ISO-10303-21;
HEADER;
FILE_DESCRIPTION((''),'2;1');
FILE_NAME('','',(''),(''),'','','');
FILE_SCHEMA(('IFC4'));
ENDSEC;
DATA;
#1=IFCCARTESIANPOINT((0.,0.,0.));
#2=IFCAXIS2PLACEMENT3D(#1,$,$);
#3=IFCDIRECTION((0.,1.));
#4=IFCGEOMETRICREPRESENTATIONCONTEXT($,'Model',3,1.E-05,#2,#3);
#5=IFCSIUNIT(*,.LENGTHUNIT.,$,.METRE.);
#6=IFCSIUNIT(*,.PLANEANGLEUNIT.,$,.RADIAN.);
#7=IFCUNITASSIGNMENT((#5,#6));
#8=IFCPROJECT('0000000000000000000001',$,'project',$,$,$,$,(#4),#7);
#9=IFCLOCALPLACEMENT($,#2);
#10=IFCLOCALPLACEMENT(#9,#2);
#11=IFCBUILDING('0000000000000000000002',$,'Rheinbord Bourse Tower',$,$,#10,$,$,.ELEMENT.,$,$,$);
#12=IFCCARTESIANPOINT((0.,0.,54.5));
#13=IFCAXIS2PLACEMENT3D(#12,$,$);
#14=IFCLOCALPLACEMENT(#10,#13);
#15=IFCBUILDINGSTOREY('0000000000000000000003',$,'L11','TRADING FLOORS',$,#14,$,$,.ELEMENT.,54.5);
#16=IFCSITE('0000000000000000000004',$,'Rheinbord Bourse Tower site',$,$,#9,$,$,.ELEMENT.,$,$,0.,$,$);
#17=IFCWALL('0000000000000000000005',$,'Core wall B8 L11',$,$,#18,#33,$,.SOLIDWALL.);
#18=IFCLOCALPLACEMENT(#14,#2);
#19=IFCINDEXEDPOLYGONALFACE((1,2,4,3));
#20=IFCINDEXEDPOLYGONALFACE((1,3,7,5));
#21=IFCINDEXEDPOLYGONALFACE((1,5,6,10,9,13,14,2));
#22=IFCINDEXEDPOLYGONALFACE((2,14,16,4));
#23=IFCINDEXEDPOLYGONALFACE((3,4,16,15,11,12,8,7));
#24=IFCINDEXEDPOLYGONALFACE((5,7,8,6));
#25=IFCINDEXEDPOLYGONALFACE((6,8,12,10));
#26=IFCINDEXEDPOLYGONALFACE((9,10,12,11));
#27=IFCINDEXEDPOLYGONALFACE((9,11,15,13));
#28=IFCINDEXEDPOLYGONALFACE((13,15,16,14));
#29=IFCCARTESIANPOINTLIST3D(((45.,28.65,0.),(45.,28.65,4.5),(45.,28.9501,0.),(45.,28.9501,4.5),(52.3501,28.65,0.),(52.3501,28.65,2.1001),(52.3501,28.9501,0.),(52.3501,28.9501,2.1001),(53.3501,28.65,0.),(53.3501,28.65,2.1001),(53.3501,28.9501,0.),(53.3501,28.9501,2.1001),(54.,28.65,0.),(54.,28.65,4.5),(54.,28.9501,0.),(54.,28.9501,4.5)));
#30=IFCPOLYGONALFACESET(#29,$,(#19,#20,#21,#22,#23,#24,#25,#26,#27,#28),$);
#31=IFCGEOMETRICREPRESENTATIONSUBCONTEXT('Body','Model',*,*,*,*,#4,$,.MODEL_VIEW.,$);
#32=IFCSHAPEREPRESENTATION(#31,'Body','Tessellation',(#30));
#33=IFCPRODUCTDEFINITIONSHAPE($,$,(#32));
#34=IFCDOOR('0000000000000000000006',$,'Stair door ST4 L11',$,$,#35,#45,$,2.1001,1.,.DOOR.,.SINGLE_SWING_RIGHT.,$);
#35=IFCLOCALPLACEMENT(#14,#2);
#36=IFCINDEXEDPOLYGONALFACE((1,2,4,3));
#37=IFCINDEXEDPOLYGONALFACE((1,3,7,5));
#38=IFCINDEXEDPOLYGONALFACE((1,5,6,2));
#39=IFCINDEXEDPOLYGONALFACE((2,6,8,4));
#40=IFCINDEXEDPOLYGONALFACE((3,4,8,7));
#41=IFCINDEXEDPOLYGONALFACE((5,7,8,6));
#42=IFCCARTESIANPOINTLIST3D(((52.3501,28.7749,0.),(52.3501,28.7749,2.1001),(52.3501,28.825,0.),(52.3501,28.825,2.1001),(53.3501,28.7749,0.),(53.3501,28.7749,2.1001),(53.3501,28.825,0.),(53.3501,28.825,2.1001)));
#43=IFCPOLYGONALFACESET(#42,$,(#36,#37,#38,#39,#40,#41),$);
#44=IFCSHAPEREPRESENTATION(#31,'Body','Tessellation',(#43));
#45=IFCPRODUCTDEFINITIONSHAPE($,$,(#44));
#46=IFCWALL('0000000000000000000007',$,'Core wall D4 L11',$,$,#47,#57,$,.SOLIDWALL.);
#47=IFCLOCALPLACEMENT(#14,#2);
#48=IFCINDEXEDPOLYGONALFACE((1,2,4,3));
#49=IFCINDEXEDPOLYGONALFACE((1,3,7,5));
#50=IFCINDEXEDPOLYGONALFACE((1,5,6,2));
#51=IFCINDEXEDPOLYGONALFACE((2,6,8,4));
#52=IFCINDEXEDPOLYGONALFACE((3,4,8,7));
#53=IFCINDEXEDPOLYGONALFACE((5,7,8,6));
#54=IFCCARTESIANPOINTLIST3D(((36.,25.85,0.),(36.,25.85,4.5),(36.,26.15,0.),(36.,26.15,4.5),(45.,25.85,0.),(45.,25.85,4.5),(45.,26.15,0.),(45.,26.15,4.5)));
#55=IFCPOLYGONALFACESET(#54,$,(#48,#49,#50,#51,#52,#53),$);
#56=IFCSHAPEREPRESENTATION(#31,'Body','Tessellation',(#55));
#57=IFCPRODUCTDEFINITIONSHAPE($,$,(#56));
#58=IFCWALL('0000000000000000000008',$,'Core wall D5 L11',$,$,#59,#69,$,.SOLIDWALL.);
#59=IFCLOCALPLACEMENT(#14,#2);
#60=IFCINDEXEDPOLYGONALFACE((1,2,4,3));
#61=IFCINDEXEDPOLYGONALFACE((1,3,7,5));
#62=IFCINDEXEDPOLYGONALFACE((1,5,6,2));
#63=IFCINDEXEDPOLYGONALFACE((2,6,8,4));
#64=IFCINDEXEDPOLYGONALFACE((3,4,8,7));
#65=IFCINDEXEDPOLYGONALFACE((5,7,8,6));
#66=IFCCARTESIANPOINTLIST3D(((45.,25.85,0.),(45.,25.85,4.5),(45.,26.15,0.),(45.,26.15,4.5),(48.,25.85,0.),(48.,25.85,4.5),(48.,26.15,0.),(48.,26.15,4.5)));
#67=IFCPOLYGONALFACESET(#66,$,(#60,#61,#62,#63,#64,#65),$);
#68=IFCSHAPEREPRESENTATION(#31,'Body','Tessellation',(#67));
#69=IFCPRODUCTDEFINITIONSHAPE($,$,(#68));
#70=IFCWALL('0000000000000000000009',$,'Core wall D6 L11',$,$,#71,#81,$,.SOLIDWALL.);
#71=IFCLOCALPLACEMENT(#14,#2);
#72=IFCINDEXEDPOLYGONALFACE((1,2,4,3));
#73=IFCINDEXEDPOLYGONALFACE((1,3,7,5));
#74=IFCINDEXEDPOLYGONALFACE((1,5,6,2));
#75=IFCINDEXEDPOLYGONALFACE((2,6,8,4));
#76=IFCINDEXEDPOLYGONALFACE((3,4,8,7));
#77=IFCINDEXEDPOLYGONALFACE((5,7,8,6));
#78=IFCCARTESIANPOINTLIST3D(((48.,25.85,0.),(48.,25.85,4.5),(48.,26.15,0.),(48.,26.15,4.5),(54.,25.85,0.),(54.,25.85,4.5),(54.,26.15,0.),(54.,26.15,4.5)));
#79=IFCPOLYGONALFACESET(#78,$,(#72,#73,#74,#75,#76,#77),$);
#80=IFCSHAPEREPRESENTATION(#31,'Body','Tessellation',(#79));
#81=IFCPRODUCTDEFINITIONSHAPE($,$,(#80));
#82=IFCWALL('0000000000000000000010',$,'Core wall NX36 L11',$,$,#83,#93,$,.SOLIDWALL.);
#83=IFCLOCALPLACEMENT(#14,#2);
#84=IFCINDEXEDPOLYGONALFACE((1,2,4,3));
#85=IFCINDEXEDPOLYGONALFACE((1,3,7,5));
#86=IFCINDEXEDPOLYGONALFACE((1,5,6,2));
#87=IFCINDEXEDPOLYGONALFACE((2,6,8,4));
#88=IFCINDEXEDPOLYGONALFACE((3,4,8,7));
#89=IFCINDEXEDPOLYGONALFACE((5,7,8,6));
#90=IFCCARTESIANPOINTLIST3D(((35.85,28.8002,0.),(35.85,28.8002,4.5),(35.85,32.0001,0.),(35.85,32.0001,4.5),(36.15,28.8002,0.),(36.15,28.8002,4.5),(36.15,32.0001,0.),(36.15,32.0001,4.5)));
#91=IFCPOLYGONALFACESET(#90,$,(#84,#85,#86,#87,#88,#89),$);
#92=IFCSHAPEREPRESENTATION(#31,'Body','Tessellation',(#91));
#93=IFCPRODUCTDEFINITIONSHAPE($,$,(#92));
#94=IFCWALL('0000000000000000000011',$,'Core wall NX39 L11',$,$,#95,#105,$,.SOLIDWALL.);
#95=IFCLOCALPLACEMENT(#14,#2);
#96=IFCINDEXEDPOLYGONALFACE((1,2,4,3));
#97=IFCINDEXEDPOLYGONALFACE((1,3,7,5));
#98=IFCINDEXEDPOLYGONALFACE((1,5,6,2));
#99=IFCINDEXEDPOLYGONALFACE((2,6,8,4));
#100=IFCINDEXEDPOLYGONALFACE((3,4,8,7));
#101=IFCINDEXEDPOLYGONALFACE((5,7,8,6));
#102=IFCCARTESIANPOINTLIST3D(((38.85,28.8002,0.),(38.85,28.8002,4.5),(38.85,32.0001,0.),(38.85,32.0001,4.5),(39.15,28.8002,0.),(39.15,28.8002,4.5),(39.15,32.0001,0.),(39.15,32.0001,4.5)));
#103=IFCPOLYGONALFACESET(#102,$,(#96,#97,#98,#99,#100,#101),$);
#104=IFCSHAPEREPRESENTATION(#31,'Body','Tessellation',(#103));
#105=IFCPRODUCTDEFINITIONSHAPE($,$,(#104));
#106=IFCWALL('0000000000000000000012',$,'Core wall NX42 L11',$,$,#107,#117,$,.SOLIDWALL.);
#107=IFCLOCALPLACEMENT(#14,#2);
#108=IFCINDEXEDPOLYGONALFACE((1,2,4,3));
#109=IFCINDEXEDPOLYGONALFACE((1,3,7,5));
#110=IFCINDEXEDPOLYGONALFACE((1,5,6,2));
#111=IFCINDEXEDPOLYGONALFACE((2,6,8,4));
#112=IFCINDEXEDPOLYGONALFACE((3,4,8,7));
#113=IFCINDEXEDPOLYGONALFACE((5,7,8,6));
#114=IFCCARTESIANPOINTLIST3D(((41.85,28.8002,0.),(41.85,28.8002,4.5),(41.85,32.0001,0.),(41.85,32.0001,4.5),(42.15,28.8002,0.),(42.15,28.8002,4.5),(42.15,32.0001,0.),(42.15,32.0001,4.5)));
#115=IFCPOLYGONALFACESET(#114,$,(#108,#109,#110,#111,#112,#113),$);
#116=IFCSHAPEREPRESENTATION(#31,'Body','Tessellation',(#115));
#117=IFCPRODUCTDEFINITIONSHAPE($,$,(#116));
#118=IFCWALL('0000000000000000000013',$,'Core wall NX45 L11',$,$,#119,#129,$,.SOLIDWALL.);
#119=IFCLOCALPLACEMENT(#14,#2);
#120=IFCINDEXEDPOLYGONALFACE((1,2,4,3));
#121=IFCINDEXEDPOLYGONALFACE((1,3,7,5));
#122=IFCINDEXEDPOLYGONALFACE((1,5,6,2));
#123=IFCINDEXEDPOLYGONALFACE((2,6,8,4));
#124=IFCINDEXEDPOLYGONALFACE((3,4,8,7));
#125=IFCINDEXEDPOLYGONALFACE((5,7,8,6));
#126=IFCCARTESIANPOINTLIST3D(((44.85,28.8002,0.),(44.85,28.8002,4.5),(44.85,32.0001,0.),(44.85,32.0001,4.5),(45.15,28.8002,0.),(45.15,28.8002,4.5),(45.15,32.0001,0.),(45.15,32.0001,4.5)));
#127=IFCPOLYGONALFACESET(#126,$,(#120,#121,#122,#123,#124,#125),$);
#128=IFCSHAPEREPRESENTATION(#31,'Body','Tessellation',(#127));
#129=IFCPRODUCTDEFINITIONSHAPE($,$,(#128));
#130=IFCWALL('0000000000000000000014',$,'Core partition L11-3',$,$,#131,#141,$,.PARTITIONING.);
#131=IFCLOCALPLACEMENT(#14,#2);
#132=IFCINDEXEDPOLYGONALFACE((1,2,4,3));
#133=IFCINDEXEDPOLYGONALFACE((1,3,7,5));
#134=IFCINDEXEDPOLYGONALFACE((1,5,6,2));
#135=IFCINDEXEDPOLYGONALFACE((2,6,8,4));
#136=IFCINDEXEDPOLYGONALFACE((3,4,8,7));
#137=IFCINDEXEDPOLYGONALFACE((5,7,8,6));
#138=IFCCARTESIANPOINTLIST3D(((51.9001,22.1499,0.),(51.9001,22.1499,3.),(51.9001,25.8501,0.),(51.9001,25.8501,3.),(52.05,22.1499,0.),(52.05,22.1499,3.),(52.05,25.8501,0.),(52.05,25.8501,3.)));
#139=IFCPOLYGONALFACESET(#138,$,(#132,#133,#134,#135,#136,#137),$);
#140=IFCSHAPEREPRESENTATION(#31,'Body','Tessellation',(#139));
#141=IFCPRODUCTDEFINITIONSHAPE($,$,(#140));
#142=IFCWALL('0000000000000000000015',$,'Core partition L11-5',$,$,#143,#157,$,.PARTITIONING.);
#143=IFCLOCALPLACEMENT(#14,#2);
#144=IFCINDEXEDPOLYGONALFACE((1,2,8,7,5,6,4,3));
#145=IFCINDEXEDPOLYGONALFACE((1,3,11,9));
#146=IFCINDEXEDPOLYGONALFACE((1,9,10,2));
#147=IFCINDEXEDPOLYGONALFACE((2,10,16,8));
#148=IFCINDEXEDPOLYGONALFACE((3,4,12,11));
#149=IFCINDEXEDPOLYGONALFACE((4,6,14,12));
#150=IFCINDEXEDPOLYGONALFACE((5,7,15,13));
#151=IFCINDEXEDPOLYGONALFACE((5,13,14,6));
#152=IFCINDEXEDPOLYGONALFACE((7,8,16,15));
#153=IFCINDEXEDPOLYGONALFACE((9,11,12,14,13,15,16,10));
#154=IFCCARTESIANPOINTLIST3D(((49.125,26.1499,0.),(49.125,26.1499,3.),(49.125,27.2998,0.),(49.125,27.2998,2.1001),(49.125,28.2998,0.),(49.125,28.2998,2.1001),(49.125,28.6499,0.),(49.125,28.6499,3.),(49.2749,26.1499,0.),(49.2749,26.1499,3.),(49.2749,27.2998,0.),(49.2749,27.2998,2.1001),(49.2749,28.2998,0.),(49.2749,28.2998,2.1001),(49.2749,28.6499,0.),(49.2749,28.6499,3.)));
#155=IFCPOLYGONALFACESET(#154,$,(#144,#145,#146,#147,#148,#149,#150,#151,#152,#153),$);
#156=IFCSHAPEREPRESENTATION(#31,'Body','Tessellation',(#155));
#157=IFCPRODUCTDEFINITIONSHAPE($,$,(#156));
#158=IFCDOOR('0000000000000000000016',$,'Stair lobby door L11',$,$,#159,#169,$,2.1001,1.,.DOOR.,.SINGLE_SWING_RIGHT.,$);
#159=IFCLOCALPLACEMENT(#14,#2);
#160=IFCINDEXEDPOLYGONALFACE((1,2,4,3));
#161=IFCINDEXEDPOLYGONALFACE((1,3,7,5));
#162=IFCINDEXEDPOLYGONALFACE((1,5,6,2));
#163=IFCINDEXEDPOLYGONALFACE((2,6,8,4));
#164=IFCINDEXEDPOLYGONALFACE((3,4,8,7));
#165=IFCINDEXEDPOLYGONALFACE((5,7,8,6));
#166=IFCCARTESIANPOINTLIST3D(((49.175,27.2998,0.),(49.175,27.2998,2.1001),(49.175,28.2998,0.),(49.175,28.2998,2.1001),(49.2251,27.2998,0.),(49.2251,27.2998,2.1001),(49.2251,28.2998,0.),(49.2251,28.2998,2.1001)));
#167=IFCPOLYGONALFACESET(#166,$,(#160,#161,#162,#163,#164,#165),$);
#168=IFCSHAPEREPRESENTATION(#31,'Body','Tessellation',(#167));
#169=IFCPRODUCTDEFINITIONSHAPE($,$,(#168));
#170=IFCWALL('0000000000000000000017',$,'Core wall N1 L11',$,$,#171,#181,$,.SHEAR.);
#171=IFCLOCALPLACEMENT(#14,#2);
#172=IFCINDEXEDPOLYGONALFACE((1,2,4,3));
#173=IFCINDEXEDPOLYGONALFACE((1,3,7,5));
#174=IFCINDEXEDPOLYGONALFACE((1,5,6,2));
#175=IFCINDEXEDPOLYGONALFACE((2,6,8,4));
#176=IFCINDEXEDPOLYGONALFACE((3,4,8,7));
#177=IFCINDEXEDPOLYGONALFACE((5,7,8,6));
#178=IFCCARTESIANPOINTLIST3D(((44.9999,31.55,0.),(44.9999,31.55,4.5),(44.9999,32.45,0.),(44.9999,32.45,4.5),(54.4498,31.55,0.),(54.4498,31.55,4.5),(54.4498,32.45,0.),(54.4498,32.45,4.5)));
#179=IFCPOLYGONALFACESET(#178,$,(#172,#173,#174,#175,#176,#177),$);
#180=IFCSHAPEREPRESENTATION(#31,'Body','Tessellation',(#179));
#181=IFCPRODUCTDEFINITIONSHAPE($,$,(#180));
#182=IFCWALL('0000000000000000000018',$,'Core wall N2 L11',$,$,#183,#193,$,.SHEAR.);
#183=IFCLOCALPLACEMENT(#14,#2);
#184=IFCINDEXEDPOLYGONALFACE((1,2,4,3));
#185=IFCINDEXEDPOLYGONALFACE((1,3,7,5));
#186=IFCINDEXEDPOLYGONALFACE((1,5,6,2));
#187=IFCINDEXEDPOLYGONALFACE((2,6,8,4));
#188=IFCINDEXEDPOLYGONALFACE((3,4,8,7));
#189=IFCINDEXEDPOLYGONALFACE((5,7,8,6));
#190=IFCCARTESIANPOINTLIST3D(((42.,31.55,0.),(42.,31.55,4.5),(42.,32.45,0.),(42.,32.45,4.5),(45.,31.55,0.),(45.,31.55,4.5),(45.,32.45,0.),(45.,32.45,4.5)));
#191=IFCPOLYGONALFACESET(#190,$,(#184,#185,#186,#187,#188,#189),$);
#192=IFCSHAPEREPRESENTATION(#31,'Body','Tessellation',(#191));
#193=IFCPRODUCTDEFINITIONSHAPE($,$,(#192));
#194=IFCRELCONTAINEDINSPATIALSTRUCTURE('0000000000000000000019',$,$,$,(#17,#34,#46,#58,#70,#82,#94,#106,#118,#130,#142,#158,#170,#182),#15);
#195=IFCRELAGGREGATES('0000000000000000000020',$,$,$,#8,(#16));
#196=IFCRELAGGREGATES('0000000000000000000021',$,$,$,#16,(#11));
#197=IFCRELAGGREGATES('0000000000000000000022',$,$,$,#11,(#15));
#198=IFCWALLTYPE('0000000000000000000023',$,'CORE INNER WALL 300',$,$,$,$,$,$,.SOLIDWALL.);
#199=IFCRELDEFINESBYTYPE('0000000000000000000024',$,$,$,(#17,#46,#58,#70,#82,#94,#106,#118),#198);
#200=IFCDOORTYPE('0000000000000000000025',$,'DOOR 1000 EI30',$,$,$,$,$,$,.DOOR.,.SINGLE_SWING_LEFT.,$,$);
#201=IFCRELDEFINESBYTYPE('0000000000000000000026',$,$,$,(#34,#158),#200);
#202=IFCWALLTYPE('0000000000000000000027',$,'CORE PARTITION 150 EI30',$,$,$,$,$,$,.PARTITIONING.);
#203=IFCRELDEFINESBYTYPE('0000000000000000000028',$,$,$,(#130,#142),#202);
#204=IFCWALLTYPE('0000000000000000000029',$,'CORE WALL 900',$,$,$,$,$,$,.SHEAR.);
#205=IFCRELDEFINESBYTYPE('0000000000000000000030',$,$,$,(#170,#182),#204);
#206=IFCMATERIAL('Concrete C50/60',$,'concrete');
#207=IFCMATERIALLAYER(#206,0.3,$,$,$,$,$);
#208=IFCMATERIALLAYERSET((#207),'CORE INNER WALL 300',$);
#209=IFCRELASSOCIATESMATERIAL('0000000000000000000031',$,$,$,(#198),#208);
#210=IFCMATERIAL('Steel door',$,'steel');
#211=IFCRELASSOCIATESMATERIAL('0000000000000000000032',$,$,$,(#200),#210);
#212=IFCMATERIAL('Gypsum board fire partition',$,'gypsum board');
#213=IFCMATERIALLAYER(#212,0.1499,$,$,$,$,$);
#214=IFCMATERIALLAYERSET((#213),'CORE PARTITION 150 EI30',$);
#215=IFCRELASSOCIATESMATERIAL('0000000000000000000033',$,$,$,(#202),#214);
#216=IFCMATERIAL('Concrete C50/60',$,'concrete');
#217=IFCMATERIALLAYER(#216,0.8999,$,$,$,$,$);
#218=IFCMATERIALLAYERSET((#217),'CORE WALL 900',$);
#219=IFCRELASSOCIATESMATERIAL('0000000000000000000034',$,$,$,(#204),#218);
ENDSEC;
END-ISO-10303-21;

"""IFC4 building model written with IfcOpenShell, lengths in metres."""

from ifc_helpers import new_model, si_unit, direction, frame, frame_2d, origin, place, context, subcontext, project, spatial, rectangle, extrude, material, layer, layer_set, type_object, element, fill, save


model = new_model("IFC4")

# Units and contexts
model_context = context("Model", 3, precision=1e-05, world=origin(), true_north=direction((0.0, 1.0)))
body_context = subcontext(model_context, "Body", "Model", "MODEL_VIEW")
ifc_project = project(units=[si_unit("LENGTHUNIT", "METRE"), si_unit("PLANEANGLEUNIT", "RADIAN")], contexts=[model_context])

# Site, building, storey
site_placement = place(None, origin())
site = spatial("IfcSite", under=ifc_project, at=site_placement, Name="Rheinbord Bourse Tower site", CompositionType="ELEMENT", RefElevation=0.0)
building_placement = place(site_placement, origin())
building = spatial("IfcBuilding", under=site, at=building_placement, Name="Rheinbord Bourse Tower", CompositionType="ELEMENT")
storey_placement = place(building_placement, frame((0.0, 0.0, 54.5)))
storey = spatial("IfcBuildingStorey", under=building, at=storey_placement, Name="L11", Description="TRADING FLOORS", CompositionType="ELEMENT", Elevation=54.5)

# Shared definitions
ifc_material_1 = material(Name="Concrete C50/60", Category="concrete")
ifc_layer_1 = layer(ifc_material_1, 0.3)
ifc_layer_set_1 = layer_set([ifc_layer_1], Name="CORE INNER WALL 300")
wall_type_1 = type_object("IfcWallType", Name="CORE INNER WALL 300", PredefinedType="SOLIDWALL", material=ifc_layer_set_1)

# Wall, opening, door
wall_1_placement = place(storey_placement, frame((45.0, 28.8, 0.0), z_axis=(0.0, 0.0, 1.0), x_axis=(1.0, 0.0, 0.0)))
wall_1 = element("IfcWall", 1, at=wall_1_placement, inside=storey, type_object=wall_type_1, Name="Core wall B8 L11", PredefinedType="SOLIDWALL", context=body_context, shape_type="SweptSolid", body=[
    extrude(rectangle(XDim=9.0, YDim=0.3, at=frame_2d((4.5, 0.0))), origin(), (0.0, 0.0, 1.0), 4.5),
])
opening_1_placement = place(wall_1_placement, frame((7.3501, 0.0, 0.0)))
opening_1 = element("IfcOpeningElement", 2, at=opening_1_placement, cuts=wall_1, PredefinedType="OPENING", context=body_context, shape_type="SweptSolid", body=[
    extrude(rectangle(XDim=1.0, YDim=2.1001, at=frame_2d((0.5, 1.05))), frame((0.0, 0.1599, 0.0), z_axis=(0.0, -1.0, 0.0), x_axis=(1.0, 0.0, 0.0)), (0.0, 0.0, 1.0), 0.3201),
])
ifc_material_2 = material(Name="Steel door", Category="steel")
door_type_1 = type_object("IfcDoorType", Name="DOOR 1000 EI30", OperationType="SINGLE_SWING_LEFT", PredefinedType="DOOR", material=ifc_material_2)
door_1_placement = place(opening_1_placement, origin())
door_1 = element("IfcDoor", 3, at=door_1_placement, inside=storey, type_object=door_type_1, Name="Stair door ST4 L11", OperationType="SINGLE_SWING_RIGHT", OverallHeight=2.1001, OverallWidth=1.0, PredefinedType="DOOR", context=body_context, shape_type="SweptSolid", body=[
    extrude(rectangle(XDim=1.0, YDim=2.1001, at=frame_2d((0.5, 1.05))), frame((0.0, 0.0249, 0.0), z_axis=(0.0, -1.0, 0.0), x_axis=(1.0, 0.0, 0.0)), (0.0, 0.0, 1.0), 0.05),
])
fill(opening_1, door_1)

# Walls
wall_2_placement = place(storey_placement, frame((36.0, 26.0, 0.0), z_axis=(0.0, 0.0, 1.0), x_axis=(1.0, 0.0, 0.0)))
element("IfcWall", 4, at=wall_2_placement, inside=storey, type_object=wall_type_1, Name="Core wall D4 L11", PredefinedType="SOLIDWALL", context=body_context, shape_type="SweptSolid", body=[
    extrude(rectangle(XDim=9.0, YDim=0.3, at=frame_2d((4.5, 0.0))), origin(), (0.0, 0.0, 1.0), 4.5),
])
wall_3_placement = place(storey_placement, frame((45.0, 26.0, 0.0), z_axis=(0.0, 0.0, 1.0), x_axis=(1.0, 0.0, 0.0)))
element("IfcWall", 5, at=wall_3_placement, inside=storey, type_object=wall_type_1, Name="Core wall D5 L11", PredefinedType="SOLIDWALL", context=body_context, shape_type="SweptSolid", body=[
    extrude(rectangle(XDim=3.0, YDim=0.3, at=frame_2d((1.5, 0.0))), origin(), (0.0, 0.0, 1.0), 4.5),
])
wall_4_placement = place(storey_placement, frame((48.0, 26.0, 0.0), z_axis=(0.0, 0.0, 1.0), x_axis=(1.0, 0.0, 0.0)))
element("IfcWall", 6, at=wall_4_placement, inside=storey, type_object=wall_type_1, Name="Core wall D6 L11", PredefinedType="SOLIDWALL", context=body_context, shape_type="SweptSolid", body=[
    extrude(rectangle(XDim=6.0, YDim=0.3, at=frame_2d((3.0, 0.0))), origin(), (0.0, 0.0, 1.0), 4.5),
])
for number, where, z_axis, x_axis, name in (
    (7, (36.0, 28.8, 0.0), (0.0, 0.0, 1.0), (0.0, 1.0, 0.0), "Core wall NX36 L11"),
    (8, (39.0, 28.8, 0.0), (0.0, 0.0, 1.0), (0.0, 1.0, 0.0), "Core wall NX39 L11"),
    (9, (42.0, 28.8, 0.0), (0.0, 0.0, 1.0), (0.0, 1.0, 0.0), "Core wall NX42 L11"),
    (10, (45.0, 28.8, 0.0), (0.0, 0.0, 1.0), (0.0, 1.0, 0.0), "Core wall NX45 L11"),
):
    element("IfcWall", number, at=place(storey_placement, frame(where, z_axis=z_axis, x_axis=x_axis)), inside=storey, type_object=wall_type_1, Name=name, PredefinedType="SOLIDWALL", context=body_context, shape_type="SweptSolid", body=[
        extrude(rectangle(XDim=3.2, YDim=0.3, at=frame_2d((1.6001, 0.0))), origin(), (0.0, 0.0, 1.0), 4.5),
    ])
ifc_material_3 = material(Name="Gypsum board fire partition", Category="gypsum board")
ifc_layer_2 = layer(ifc_material_3, 0.1499)
ifc_layer_set_2 = layer_set([ifc_layer_2], Name="CORE PARTITION 150 EI30")
wall_type_2 = type_object("IfcWallType", Name="CORE PARTITION 150 EI30", PredefinedType="PARTITIONING", material=ifc_layer_set_2)
wall_5_placement = place(storey_placement, frame((51.9751, 22.1499, 0.0), z_axis=(0.0, 0.0, 1.0), x_axis=(0.0, 1.0, 0.0)))
element("IfcWall", 11, at=wall_5_placement, inside=storey, type_object=wall_type_2, Name="Core partition L11-3", PredefinedType="PARTITIONING", context=body_context, shape_type="SweptSolid", body=[
    extrude(rectangle(XDim=3.7002, YDim=0.1499, at=frame_2d((1.8501, 0.0))), origin(), (0.0, 0.0, 1.0), 3.0),
])

# Wall, opening, door
wall_6_placement = place(storey_placement, frame((49.2, 26.1499, 0.0), z_axis=(0.0, 0.0, 1.0), x_axis=(0.0, 1.0, 0.0)))
wall_6 = element("IfcWall", 12, at=wall_6_placement, inside=storey, type_object=wall_type_2, Name="Core partition L11-5", PredefinedType="PARTITIONING", context=body_context, shape_type="SweptSolid", body=[
    extrude(rectangle(XDim=2.5, YDim=0.1499, at=frame_2d((1.25, 0.0))), origin(), (0.0, 0.0, 1.0), 3.0),
])
opening_2_placement = place(wall_6_placement, frame((1.1499, 0.0, 0.0)))
opening_2 = element("IfcOpeningElement", 13, at=opening_2_placement, cuts=wall_6, PredefinedType="OPENING", context=body_context, shape_type="SweptSolid", body=[
    extrude(rectangle(XDim=1.0, YDim=2.1001, at=frame_2d((0.5, 1.05))), frame((0.0, 0.085, 0.0), z_axis=(0.0, -1.0, 0.0), x_axis=(1.0, 0.0, 0.0)), (0.0, 0.0, 1.0), 0.1699),
])
door_2_placement = place(opening_2_placement, origin())
door_2 = element("IfcDoor", 14, at=door_2_placement, inside=storey, type_object=door_type_1, Name="Stair lobby door L11", OperationType="SINGLE_SWING_RIGHT", OverallHeight=2.1001, OverallWidth=1.0, PredefinedType="DOOR", context=body_context, shape_type="SweptSolid", body=[
    extrude(rectangle(XDim=1.0, YDim=2.1001, at=frame_2d((0.5, 1.05))), frame((0.0, 0.0249, 0.0), z_axis=(0.0, -1.0, 0.0), x_axis=(1.0, 0.0, 0.0)), (0.0, 0.0, 1.0), 0.05),
])
fill(opening_2, door_2)

# Walls
ifc_material_4 = material(Name="Concrete C50/60", Category="concrete")
ifc_layer_3 = layer(ifc_material_4, 0.8999)
ifc_layer_set_3 = layer_set([ifc_layer_3], Name="CORE WALL 900")
wall_type_3 = type_object("IfcWallType", Name="CORE WALL 900", PredefinedType="SHEAR", material=ifc_layer_set_3)
wall_7_placement = place(storey_placement, frame((54.45, 32.0, 0.0), z_axis=(0.0, 0.0, 1.0), x_axis=(-1.0, 0.0, 0.0)))
element("IfcWall", 15, at=wall_7_placement, inside=storey, type_object=wall_type_3, Name="Core wall N1 L11", PredefinedType="SHEAR", context=body_context, shape_type="SweptSolid", body=[
    extrude(rectangle(XDim=9.45, YDim=0.8999, at=frame_2d((4.7251, 0.0))), origin(), (0.0, 0.0, 1.0), 4.5),
])
for number, where, z_axis, x_axis, name in (
    (16, (45.0, 32.0, 0.0), (0.0, 0.0, 1.0), (-1.0, 0.0, 0.0), "Core wall N2 L11"),
):
    element("IfcWall", number, at=place(storey_placement, frame(where, z_axis=z_axis, x_axis=x_axis)), inside=storey, type_object=wall_type_3, Name=name, PredefinedType="SHEAR", context=body_context, shape_type="SweptSolid", body=[
        extrude(rectangle(XDim=3.0, YDim=0.8999, at=frame_2d((1.5, 0.0))), origin(), (0.0, 0.0, 1.0), 4.5),
    ])

save(model, "model.ifc")
